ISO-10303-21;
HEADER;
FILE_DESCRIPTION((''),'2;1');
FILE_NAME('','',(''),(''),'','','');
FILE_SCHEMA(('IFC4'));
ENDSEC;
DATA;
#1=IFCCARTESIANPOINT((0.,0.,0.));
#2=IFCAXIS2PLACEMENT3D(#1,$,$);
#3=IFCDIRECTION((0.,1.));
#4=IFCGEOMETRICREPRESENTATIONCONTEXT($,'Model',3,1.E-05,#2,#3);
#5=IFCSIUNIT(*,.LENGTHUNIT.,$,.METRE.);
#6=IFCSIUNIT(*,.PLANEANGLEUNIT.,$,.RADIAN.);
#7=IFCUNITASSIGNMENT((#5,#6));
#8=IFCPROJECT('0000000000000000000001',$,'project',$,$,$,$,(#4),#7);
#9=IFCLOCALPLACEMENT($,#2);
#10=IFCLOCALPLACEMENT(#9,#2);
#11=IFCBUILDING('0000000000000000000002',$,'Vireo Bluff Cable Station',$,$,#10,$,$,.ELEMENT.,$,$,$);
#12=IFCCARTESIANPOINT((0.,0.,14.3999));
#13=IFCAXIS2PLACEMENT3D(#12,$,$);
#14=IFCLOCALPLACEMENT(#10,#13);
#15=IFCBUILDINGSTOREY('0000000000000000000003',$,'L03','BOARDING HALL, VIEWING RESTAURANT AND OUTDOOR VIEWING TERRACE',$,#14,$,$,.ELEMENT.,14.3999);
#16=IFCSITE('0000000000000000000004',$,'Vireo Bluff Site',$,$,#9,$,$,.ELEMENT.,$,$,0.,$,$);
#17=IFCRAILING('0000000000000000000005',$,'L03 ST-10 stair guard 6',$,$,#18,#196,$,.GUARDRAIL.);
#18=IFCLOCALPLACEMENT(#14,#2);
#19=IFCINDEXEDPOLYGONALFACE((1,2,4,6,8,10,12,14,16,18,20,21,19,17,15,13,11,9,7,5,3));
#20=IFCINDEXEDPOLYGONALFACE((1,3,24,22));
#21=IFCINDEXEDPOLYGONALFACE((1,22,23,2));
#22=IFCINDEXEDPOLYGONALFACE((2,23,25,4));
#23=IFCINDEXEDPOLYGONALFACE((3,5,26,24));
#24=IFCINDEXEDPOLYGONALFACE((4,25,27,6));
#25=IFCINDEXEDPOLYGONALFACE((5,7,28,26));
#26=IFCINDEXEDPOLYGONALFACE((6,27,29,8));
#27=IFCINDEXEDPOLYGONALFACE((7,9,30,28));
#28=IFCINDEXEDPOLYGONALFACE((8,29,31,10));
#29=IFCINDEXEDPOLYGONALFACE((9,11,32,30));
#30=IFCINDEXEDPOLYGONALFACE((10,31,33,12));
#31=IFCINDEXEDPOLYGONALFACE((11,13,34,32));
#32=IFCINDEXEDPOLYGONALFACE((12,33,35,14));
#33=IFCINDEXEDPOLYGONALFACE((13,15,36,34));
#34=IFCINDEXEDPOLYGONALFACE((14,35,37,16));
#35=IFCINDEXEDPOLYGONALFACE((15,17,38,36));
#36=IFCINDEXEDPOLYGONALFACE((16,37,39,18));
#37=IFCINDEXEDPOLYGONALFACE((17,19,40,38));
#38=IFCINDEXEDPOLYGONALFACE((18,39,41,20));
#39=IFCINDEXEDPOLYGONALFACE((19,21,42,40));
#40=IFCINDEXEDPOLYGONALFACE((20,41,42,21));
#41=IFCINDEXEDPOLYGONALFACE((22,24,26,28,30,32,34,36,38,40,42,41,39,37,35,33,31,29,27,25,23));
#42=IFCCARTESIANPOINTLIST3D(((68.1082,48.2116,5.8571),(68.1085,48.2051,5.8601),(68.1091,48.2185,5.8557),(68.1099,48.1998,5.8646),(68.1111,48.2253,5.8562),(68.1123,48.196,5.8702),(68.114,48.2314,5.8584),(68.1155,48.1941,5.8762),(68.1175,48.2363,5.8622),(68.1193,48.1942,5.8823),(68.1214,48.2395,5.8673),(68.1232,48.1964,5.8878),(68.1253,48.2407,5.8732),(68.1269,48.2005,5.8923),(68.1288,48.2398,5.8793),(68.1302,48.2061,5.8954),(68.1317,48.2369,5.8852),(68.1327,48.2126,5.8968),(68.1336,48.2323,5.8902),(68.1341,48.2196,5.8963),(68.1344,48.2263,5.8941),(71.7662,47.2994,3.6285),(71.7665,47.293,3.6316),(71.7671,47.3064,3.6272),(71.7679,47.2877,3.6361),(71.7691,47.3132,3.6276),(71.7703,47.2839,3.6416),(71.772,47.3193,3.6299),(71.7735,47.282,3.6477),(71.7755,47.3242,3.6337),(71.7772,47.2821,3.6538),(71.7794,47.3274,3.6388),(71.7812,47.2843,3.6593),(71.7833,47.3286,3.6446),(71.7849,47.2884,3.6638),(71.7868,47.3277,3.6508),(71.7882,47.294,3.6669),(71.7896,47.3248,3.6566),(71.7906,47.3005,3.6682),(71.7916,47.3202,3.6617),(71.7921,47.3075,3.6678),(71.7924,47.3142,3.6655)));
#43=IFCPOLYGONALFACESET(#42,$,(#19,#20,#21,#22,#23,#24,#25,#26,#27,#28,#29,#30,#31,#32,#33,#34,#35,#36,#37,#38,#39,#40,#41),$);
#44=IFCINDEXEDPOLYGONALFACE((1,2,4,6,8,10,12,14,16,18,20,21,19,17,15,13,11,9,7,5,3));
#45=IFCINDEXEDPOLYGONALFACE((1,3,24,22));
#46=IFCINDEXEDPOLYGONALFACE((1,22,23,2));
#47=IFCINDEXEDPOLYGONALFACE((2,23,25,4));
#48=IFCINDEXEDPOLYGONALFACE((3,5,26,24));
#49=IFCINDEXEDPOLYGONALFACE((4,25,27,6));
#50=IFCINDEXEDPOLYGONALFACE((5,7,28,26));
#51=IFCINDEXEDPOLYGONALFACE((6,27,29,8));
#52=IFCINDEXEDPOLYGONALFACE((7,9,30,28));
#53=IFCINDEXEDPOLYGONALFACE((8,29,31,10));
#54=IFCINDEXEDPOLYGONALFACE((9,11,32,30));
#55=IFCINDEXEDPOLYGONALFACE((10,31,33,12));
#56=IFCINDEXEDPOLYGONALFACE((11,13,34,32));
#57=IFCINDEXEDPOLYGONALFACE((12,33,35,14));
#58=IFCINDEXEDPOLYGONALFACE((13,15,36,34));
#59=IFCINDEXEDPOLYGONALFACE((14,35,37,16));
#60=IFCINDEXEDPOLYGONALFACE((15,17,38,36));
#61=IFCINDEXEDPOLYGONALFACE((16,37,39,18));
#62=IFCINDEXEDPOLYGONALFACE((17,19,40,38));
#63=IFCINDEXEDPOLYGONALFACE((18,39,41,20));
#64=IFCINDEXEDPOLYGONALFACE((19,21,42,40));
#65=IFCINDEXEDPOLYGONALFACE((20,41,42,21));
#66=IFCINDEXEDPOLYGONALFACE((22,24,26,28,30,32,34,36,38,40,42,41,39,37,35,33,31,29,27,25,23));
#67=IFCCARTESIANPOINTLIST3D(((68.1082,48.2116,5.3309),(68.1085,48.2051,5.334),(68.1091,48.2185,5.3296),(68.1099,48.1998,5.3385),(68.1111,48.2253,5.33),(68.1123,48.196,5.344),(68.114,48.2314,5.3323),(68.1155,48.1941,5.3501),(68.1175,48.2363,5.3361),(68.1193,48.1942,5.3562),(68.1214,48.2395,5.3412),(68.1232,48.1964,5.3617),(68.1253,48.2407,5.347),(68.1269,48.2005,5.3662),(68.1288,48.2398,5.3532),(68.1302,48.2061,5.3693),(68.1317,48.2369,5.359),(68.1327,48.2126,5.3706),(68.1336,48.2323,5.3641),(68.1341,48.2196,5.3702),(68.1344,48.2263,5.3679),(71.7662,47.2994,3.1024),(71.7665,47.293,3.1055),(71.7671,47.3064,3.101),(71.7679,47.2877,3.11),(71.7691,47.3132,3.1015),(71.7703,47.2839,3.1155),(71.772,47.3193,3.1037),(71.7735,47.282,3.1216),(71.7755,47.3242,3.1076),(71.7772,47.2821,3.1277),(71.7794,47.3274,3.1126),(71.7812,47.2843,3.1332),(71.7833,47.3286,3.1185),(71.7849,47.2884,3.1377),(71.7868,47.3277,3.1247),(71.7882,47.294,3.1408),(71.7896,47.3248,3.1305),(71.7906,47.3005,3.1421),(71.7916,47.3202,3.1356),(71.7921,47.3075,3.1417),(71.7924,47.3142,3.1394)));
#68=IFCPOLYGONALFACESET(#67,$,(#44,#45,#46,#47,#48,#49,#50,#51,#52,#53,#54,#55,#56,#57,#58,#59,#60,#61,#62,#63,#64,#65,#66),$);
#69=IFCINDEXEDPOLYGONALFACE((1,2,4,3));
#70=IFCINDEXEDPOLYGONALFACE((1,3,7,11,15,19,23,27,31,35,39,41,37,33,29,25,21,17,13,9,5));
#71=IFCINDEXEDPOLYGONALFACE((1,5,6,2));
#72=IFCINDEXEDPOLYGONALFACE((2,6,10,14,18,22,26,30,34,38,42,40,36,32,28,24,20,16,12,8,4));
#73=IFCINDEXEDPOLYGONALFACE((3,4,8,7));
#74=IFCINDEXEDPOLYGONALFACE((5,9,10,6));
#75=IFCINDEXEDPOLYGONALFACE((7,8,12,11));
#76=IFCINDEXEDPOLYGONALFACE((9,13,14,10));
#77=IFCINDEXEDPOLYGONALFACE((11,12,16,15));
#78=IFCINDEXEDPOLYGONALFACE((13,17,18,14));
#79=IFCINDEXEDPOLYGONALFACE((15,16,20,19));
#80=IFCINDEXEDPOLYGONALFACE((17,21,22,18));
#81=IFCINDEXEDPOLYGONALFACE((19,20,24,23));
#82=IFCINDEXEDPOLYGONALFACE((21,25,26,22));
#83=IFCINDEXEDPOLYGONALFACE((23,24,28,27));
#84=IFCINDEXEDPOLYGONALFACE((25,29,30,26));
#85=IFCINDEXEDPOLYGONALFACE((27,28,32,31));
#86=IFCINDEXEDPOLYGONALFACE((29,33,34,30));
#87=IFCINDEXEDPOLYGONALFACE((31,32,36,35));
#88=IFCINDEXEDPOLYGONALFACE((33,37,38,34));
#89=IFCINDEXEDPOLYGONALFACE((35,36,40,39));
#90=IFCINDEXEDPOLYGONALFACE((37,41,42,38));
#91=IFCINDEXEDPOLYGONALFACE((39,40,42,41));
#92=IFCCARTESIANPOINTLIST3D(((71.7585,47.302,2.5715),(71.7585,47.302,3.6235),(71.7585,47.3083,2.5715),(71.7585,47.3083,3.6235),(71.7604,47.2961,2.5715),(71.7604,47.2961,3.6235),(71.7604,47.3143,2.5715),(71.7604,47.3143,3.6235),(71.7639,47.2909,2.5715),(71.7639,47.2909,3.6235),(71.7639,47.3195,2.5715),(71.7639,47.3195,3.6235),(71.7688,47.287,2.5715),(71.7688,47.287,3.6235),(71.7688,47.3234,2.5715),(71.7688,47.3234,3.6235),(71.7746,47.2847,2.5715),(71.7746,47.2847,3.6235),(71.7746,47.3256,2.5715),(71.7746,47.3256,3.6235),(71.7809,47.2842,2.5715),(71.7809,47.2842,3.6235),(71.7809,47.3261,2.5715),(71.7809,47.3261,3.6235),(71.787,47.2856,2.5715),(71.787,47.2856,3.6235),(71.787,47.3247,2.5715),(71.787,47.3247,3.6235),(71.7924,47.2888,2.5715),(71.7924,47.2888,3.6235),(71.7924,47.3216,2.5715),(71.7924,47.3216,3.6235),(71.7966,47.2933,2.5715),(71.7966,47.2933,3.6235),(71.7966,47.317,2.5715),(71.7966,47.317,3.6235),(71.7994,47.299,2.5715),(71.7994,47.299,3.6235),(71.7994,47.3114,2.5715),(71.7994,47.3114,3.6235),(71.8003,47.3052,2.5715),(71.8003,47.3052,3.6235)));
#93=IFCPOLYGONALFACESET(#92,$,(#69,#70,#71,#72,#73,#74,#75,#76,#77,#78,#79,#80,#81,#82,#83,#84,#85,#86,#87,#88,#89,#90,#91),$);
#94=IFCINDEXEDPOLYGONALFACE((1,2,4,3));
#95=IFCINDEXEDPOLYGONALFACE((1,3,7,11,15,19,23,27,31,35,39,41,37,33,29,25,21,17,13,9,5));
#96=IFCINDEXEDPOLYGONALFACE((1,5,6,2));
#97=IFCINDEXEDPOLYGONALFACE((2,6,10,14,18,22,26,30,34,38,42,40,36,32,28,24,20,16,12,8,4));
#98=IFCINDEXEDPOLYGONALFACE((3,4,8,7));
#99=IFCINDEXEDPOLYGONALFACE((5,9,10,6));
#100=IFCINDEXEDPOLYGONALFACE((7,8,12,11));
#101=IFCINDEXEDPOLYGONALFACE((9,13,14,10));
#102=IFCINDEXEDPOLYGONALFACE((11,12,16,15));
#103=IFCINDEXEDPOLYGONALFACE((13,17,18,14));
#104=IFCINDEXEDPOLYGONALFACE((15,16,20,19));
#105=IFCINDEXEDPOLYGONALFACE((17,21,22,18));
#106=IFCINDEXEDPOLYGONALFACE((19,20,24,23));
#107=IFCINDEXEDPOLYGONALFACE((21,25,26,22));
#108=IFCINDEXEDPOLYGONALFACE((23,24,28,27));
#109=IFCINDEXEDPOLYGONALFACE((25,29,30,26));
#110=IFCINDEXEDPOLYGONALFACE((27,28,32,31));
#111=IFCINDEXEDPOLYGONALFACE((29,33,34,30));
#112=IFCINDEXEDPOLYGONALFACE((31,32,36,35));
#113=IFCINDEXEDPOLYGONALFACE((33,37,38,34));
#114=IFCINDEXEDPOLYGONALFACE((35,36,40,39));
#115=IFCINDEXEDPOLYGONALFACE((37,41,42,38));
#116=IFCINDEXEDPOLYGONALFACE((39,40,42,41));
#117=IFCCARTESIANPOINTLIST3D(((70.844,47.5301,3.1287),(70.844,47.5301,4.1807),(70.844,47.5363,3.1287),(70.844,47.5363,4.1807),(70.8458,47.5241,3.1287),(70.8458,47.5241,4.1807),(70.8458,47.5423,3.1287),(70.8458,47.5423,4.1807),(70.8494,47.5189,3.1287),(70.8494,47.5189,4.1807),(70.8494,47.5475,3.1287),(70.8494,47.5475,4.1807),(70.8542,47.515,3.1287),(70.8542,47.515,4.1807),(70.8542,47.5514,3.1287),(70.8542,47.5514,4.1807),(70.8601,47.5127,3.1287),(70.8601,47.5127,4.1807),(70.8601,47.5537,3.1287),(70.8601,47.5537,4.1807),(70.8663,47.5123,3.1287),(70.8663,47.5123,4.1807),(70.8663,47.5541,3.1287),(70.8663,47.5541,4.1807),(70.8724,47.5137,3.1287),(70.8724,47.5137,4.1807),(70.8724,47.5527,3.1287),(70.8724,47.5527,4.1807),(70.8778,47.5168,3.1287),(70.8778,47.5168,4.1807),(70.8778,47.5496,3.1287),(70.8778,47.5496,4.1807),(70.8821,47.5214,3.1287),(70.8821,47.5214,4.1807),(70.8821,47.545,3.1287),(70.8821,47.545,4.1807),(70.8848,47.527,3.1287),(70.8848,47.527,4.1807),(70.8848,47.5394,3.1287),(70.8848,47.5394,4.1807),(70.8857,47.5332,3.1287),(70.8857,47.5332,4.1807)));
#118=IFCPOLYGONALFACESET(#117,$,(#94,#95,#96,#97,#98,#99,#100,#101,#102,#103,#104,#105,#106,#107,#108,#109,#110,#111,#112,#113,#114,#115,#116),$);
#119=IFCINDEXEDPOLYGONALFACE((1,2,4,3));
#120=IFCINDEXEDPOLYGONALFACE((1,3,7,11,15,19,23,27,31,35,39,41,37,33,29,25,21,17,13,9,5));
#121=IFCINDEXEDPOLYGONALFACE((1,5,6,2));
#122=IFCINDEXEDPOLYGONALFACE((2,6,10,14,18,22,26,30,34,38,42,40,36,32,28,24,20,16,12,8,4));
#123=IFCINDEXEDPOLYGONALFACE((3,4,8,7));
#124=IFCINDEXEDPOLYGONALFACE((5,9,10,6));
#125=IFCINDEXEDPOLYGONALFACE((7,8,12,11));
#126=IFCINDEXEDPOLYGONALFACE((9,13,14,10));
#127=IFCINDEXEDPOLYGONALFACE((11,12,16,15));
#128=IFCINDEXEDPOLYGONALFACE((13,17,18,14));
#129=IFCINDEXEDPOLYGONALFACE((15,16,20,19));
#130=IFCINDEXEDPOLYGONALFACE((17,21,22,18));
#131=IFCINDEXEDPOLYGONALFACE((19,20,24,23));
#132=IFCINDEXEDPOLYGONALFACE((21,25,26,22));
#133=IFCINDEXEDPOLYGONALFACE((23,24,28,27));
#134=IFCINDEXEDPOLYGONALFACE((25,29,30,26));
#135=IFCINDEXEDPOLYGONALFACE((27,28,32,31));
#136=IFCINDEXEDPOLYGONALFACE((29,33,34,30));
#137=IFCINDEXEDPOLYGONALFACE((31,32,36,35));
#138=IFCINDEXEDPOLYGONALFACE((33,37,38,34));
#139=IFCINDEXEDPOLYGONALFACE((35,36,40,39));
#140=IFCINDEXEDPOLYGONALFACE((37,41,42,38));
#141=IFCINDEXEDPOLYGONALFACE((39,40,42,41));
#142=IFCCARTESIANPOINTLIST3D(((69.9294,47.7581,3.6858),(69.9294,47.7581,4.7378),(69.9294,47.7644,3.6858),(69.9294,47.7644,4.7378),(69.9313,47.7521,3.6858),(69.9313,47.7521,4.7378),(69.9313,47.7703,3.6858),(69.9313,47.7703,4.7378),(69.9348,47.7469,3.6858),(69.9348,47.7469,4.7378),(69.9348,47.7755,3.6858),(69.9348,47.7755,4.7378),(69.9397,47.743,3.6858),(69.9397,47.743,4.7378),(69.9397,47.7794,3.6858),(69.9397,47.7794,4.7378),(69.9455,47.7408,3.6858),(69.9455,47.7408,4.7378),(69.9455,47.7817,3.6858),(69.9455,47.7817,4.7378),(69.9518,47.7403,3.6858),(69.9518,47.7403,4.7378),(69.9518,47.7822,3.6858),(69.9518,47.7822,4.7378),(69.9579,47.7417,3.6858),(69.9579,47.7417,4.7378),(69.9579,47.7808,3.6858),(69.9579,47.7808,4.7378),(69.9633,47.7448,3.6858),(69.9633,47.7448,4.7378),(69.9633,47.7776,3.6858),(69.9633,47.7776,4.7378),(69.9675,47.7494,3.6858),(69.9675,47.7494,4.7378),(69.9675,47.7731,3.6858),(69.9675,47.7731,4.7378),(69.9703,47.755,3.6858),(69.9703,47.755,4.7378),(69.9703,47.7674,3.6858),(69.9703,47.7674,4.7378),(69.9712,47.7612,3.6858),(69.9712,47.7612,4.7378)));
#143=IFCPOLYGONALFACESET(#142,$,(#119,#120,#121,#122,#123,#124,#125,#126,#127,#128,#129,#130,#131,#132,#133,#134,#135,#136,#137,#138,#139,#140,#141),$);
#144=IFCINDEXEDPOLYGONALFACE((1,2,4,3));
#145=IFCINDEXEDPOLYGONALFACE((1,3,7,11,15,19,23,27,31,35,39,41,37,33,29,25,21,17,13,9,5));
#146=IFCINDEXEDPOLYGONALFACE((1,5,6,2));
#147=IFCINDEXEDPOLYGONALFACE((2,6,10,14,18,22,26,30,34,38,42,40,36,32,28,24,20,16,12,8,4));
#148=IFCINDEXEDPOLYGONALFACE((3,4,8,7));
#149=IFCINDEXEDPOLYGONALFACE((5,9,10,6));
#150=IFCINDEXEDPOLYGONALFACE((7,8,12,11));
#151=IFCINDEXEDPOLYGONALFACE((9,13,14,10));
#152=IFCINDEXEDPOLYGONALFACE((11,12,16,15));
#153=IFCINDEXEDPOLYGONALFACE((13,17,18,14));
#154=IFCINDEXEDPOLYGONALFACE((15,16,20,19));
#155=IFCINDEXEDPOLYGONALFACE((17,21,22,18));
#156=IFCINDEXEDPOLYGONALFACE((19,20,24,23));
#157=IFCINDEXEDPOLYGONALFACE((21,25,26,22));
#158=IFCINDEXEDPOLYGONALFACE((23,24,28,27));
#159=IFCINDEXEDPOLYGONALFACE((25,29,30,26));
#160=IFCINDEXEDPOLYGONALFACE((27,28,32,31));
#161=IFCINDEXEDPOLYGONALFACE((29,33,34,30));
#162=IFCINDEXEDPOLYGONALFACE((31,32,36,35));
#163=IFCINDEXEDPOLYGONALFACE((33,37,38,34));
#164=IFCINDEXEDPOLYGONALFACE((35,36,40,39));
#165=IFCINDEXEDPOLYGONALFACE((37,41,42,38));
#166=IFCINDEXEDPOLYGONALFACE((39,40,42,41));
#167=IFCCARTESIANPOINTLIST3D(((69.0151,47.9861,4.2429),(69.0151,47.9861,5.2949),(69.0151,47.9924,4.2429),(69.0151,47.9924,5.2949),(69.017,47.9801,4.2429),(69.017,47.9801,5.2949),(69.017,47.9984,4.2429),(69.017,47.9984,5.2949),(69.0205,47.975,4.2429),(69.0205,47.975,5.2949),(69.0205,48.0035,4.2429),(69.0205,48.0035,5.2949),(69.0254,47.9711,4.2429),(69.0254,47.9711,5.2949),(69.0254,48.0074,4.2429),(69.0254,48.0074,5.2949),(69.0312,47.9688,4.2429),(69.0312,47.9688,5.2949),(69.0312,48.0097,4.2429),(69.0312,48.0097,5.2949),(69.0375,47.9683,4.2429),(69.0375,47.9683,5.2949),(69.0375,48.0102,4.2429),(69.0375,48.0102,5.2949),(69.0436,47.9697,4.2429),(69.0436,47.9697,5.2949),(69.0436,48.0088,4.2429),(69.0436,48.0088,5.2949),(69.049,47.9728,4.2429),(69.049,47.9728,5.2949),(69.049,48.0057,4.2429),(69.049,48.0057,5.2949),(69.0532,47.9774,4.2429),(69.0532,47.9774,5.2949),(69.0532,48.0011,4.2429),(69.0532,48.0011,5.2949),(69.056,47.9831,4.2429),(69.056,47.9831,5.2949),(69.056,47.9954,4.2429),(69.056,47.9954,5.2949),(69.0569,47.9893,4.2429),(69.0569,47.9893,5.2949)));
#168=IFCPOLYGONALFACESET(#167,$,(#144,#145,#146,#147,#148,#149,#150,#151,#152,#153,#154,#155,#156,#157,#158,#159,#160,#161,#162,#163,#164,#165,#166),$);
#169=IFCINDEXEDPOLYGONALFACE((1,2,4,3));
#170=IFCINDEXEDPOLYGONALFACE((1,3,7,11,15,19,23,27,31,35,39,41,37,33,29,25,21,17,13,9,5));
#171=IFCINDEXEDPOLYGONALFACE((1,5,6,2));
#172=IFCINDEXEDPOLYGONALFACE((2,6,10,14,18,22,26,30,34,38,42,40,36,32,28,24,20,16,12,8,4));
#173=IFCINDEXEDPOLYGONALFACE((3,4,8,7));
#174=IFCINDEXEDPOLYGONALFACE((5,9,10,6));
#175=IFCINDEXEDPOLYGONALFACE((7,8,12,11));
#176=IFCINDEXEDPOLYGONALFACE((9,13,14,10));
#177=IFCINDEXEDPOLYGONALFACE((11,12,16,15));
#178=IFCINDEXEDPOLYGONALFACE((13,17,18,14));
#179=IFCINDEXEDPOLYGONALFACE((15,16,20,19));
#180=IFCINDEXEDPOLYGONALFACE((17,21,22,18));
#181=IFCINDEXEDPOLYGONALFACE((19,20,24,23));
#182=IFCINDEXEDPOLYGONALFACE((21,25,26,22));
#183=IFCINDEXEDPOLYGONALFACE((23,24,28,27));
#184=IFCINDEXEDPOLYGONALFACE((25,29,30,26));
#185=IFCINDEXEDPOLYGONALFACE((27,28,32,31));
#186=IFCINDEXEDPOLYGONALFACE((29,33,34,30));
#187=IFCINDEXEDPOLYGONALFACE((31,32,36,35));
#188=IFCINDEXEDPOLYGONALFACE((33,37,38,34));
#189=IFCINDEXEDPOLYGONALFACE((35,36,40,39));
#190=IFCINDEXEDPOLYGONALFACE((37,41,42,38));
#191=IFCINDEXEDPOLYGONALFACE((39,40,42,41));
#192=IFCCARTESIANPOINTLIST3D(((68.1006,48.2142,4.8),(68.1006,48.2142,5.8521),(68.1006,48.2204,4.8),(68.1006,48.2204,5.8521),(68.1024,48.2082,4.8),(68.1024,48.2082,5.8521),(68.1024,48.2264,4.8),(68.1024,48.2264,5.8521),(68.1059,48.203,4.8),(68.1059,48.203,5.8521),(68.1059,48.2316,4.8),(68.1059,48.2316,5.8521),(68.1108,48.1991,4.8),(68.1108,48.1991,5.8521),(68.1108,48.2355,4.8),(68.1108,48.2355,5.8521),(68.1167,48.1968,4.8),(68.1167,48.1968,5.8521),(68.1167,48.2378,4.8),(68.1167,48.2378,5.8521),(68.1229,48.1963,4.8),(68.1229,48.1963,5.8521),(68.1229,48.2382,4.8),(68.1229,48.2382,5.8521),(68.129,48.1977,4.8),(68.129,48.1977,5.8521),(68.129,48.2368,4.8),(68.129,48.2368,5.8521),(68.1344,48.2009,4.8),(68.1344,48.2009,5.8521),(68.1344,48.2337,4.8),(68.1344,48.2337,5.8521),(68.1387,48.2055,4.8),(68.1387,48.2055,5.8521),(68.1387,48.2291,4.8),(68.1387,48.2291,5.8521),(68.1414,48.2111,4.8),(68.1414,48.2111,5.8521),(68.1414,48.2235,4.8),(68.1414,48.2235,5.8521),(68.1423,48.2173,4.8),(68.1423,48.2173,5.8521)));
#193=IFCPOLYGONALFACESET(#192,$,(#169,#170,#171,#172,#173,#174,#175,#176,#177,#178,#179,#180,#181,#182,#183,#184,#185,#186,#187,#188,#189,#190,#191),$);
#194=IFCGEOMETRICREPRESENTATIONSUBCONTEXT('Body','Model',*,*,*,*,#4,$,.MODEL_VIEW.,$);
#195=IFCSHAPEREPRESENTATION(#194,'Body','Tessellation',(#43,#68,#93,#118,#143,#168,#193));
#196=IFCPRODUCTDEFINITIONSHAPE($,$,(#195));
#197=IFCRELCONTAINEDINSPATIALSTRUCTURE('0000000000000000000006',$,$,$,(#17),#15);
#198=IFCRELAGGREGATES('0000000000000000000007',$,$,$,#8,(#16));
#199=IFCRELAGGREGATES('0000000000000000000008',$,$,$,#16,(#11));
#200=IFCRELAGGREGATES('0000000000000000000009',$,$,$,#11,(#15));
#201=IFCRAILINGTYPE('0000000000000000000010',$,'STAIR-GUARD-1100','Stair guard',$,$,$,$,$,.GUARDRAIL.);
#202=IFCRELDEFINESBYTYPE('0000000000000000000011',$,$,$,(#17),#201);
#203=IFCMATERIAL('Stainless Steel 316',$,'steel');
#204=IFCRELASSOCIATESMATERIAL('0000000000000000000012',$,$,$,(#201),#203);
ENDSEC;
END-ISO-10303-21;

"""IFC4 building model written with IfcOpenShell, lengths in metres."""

from ifc_helpers import new_model, si_unit, direction, frame, origin, origin_2d, place, context, subcontext, project, spatial, circle, extrude, material, type_object, element, save


model = new_model("IFC4")

# Units and contexts
model_context = context("Model", 3, precision=1e-05, world=origin(), true_north=direction((0.0, 1.0)))
body_context = subcontext(model_context, "Body", "Model", "MODEL_VIEW")
ifc_project = project(units=[si_unit("LENGTHUNIT", "METRE"), si_unit("PLANEANGLEUNIT", "RADIAN")], contexts=[model_context])

# Site, building, storey
site_placement = place(None, origin())
site = spatial("IfcSite", under=ifc_project, at=site_placement, Name="Vireo Bluff Site", CompositionType="ELEMENT", RefElevation=0.0)
building_placement = place(site_placement, origin())
building = spatial("IfcBuilding", under=site, at=building_placement, Name="Vireo Bluff Cable Station", CompositionType="ELEMENT")
storey_placement = place(building_placement, frame((0.0, 0.0, 14.3999)))
storey = spatial("IfcBuildingStorey", under=building, at=storey_placement, Name="L03", Description="BOARDING HALL, VIEWING RESTAURANT AND OUTDOOR VIEWING TERRACE", CompositionType="ELEMENT", Elevation=14.3999)

# Railing
ifc_material_1 = material(Name="Stainless Steel 316", Category="steel")
railing_type_1 = type_object("IfcRailingType", Name="STAIR-GUARD-1100", Description="Stair guard", PredefinedType="GUARDRAIL", material=ifc_material_1)
railing_1_placement = place(storey_placement, frame((71.7793, 47.3052, 2.5715)))
element("IfcRailing", 1, at=railing_1_placement, inside=storey, type_object=railing_type_1, Name="L03 ST-10 stair guard 6", PredefinedType="GUARDRAIL", context=body_context, shape_type="SweptSolid", body=[
    extrude(circle(Radius=0.0239, at=origin_2d()), frame((0.0, 0.0, 1.0762), z_axis=(-0.83527, 0.208274, 0.508867), x_axis=(-0.241941, -0.970291, 0.0)), (0.0, 0.0, 1.0), 4.3794),
    extrude(circle(Radius=0.0239, at=origin_2d()), frame((0.0, 0.0, 0.55), z_axis=(-0.83527, 0.208274, 0.508867), x_axis=(-0.241941, -0.970291, 0.0)), (0.0, 0.0, 1.0), 4.3794),
    extrude(circle(Radius=0.021, at=origin_2d()), origin(), (0.0, 0.0, 1.0), 1.052),
    extrude(circle(Radius=0.021, at=origin_2d()), frame((-0.9146, 0.228, 0.5571)), (0.0, 0.0, 1.0), 1.052),
    extrude(circle(Radius=0.021, at=origin_2d()), frame((-1.8291, 0.4561, 1.1143)), (0.0, 0.0, 1.0), 1.052),
    extrude(circle(Radius=0.021, at=origin_2d()), frame((-2.7434, 0.6841, 1.6714)), (0.0, 0.0, 1.0), 1.052),
    extrude(circle(Radius=0.021, at=origin_2d()), frame((-3.658, 0.9121, 2.2285)), (0.0, 0.0, 1.0), 1.052),
])

save(model, "model.ifc")
